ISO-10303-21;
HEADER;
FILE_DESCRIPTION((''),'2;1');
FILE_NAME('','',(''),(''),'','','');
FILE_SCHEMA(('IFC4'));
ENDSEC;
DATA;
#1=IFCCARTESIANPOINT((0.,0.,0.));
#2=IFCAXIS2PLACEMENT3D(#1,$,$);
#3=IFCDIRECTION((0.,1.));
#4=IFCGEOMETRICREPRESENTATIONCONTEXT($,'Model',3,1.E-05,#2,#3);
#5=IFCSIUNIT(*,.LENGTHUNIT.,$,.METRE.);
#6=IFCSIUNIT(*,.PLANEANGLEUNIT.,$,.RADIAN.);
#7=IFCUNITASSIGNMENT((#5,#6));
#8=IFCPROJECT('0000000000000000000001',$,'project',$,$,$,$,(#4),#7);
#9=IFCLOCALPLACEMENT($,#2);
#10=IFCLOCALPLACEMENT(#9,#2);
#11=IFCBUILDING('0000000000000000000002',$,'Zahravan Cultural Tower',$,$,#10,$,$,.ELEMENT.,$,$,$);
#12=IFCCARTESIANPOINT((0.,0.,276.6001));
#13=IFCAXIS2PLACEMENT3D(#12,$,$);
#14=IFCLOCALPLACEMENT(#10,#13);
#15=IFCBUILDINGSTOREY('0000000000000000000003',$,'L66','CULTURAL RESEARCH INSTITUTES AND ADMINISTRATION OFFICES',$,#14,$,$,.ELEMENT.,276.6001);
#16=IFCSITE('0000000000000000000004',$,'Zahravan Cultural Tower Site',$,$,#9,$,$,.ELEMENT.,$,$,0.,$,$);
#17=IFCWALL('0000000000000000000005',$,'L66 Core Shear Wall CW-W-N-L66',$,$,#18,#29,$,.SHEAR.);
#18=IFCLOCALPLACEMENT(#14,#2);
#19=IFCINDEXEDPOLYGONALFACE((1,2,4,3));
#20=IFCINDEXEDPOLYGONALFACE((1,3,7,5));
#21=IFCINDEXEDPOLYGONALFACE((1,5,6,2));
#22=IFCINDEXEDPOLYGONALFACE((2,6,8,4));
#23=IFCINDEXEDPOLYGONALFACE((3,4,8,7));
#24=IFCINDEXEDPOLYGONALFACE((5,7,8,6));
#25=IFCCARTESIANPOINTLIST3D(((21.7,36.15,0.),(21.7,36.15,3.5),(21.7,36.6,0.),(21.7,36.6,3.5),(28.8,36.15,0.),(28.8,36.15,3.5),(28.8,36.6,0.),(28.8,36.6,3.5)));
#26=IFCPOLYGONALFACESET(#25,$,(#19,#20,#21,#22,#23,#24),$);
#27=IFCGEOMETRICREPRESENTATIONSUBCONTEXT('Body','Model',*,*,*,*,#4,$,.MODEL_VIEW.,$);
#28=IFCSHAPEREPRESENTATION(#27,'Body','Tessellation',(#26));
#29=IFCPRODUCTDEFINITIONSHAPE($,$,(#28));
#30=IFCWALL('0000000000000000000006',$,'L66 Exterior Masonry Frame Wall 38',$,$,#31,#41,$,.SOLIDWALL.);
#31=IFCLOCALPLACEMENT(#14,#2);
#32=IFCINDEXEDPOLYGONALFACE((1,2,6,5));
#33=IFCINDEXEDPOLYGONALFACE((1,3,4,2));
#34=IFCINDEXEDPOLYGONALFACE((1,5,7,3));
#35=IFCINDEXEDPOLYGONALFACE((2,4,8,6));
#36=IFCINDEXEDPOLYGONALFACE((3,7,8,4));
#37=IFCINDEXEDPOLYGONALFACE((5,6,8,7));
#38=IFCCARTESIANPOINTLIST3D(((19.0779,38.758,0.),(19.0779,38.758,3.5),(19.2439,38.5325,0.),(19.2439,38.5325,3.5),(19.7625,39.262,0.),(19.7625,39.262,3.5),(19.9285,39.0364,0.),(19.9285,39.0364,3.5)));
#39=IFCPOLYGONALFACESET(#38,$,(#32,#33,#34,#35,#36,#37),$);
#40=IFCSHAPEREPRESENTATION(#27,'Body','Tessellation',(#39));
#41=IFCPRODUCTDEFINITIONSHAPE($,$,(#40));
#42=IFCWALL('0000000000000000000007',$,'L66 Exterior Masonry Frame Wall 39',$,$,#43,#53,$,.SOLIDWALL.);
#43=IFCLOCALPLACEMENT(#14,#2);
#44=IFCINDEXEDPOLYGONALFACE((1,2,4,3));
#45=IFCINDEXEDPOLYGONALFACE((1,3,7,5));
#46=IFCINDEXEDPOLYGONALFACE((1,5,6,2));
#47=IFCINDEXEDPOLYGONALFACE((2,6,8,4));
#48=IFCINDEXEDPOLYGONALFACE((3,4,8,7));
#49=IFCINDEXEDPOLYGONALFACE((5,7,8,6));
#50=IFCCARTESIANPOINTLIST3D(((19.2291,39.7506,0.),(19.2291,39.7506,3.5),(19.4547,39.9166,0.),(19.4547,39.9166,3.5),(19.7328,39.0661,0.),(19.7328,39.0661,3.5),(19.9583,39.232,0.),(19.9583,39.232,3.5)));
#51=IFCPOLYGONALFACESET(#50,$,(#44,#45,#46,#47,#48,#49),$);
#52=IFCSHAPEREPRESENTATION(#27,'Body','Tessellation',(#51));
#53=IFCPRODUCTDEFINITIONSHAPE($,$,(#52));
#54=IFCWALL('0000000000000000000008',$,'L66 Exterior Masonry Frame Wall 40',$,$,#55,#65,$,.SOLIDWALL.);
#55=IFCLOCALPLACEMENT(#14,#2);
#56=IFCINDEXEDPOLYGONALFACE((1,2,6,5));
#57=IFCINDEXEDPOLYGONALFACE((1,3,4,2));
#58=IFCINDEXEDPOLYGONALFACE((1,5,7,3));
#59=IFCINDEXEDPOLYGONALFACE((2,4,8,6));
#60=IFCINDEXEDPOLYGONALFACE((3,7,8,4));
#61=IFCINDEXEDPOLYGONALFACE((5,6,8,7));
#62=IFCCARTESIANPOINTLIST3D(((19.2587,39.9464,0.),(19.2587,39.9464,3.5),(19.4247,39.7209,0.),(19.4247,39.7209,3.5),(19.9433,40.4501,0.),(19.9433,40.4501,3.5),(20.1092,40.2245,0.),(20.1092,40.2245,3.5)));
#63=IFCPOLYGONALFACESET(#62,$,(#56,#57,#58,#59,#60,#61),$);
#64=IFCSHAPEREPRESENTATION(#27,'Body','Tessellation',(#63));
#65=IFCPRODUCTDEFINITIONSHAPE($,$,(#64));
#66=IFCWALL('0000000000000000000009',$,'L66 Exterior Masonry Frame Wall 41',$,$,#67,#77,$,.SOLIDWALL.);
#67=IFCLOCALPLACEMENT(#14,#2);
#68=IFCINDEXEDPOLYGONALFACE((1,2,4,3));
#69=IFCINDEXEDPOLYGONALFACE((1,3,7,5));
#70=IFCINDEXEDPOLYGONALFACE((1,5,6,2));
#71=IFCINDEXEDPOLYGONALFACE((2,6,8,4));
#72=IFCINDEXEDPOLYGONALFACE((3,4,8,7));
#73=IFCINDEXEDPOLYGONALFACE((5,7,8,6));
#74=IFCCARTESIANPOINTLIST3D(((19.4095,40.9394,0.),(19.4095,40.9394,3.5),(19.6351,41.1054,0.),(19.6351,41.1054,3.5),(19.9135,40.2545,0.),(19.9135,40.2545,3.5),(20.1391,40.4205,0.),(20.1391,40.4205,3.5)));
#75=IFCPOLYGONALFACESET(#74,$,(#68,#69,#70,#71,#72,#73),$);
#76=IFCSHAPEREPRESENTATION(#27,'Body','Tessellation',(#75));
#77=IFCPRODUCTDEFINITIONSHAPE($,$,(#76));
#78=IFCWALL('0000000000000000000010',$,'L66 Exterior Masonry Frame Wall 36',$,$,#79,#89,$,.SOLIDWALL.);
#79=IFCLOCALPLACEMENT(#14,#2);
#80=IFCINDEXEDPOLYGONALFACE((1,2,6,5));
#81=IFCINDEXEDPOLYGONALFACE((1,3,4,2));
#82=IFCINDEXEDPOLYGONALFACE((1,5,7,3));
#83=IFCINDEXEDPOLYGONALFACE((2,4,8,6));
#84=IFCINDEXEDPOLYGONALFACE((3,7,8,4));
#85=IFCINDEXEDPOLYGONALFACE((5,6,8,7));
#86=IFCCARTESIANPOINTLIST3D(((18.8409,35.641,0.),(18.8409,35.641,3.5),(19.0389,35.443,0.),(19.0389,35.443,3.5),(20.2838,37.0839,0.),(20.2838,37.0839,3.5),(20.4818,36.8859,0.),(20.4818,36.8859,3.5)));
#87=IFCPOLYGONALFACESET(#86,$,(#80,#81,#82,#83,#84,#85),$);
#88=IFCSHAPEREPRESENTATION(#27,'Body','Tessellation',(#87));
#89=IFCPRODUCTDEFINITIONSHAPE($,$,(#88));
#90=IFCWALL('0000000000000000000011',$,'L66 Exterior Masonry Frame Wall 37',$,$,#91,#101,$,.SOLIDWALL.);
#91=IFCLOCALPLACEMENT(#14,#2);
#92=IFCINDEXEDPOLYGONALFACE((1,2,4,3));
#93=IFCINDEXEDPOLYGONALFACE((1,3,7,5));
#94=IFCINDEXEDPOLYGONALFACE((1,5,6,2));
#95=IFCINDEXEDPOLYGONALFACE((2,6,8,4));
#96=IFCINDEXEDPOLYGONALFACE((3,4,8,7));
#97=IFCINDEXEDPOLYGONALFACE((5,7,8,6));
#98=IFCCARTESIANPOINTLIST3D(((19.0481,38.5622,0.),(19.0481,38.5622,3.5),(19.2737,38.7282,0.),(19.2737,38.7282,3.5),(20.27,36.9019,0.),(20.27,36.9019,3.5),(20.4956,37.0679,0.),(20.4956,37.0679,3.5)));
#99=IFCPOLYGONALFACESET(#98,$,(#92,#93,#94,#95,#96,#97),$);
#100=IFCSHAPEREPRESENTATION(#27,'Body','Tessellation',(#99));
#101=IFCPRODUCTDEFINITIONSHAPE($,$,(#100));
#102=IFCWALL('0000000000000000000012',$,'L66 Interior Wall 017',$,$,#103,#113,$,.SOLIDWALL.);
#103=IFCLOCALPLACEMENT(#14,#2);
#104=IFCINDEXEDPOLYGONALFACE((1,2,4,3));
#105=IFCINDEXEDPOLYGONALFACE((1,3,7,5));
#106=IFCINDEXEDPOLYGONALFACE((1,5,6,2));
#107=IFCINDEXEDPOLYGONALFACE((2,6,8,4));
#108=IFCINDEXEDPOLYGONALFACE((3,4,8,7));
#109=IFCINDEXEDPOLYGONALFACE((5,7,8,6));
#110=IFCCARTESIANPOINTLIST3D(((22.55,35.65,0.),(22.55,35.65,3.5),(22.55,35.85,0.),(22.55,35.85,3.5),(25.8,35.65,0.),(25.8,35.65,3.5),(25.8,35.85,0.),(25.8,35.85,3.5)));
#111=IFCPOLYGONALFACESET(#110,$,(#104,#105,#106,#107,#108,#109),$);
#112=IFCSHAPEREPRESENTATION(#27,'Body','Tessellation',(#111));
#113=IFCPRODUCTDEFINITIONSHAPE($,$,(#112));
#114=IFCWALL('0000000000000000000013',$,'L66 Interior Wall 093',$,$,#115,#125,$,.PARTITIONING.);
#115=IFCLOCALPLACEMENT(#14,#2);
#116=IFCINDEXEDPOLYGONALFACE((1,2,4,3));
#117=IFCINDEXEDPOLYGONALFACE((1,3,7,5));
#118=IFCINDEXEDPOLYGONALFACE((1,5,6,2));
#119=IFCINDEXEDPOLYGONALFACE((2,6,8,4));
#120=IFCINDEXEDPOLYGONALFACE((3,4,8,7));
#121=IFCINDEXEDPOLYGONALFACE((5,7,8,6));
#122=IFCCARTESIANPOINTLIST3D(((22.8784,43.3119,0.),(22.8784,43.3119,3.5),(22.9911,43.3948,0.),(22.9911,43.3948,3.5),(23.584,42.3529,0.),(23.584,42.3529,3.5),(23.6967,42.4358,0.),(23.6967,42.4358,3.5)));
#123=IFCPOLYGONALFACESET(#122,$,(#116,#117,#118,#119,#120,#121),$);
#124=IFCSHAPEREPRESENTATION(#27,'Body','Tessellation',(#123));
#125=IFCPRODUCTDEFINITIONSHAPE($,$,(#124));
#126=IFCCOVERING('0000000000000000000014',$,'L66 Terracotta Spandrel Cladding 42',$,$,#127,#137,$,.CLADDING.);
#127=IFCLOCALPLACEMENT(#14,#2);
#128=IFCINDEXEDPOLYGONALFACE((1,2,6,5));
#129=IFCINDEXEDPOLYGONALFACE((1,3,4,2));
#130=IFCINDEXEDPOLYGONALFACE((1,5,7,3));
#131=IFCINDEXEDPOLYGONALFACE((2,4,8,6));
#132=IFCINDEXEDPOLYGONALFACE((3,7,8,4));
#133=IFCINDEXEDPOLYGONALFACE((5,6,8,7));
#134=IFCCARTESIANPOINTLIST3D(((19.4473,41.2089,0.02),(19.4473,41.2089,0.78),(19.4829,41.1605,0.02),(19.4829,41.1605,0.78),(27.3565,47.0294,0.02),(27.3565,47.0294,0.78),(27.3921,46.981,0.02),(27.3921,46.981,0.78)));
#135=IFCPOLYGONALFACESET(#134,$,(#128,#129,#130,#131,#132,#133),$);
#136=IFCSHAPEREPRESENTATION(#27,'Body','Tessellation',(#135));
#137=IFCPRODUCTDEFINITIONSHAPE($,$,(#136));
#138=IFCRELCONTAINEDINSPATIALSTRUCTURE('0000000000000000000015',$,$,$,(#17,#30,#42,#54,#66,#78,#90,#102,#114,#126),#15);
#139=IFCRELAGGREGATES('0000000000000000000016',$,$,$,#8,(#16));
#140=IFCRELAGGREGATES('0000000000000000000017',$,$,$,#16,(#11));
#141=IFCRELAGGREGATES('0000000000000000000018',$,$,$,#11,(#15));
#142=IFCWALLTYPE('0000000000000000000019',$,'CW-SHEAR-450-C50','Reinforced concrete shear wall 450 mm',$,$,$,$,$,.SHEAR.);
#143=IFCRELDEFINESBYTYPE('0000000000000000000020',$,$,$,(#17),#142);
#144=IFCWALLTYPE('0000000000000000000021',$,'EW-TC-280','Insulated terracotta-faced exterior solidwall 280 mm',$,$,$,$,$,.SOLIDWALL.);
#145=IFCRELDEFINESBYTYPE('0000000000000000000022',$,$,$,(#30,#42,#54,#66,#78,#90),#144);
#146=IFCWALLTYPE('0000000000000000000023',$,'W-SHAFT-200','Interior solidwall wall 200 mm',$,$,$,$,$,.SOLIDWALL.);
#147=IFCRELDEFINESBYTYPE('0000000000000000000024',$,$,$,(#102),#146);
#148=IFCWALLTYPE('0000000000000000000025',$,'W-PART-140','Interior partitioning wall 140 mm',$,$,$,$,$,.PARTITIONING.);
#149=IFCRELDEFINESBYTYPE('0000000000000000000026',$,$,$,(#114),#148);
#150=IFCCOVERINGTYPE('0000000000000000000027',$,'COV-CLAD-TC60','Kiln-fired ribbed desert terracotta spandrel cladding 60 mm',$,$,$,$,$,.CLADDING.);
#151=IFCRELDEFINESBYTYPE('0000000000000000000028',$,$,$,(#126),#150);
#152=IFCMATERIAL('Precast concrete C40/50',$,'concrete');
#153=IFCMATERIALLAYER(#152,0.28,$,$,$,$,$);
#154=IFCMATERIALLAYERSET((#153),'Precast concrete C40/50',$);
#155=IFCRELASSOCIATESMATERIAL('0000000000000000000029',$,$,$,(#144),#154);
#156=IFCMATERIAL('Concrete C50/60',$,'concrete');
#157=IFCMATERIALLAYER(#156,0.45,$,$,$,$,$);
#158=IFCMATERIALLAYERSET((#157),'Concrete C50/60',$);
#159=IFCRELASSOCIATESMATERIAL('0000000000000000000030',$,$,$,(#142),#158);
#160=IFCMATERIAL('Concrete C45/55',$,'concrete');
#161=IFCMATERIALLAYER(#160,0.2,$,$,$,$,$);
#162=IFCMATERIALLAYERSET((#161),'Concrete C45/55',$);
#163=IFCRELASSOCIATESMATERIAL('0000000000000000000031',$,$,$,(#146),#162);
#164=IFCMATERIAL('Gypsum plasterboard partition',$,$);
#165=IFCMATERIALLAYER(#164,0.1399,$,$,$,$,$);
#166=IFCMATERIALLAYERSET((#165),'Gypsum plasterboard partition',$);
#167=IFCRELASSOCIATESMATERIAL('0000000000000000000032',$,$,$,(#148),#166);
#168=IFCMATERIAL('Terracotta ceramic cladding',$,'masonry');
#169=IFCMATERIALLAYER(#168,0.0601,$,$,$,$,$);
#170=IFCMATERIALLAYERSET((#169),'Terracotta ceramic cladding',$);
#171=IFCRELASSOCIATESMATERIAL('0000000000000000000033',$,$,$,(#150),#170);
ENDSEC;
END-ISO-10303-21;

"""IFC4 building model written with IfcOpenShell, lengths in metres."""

from ifc_helpers import new_model, si_unit, direction, frame, frame_2d, origin, origin_2d, place, context, subcontext, project, spatial, rectangle, extrude, source, transform, mapped, material, layer, layer_set, type_object, element, save


model = new_model("IFC4")

# Units and contexts
model_context = context("Model", 3, precision=1e-05, world=origin(), true_north=direction((0.0, 1.0)))
body_context = subcontext(model_context, "Body", "Model", "MODEL_VIEW")
ifc_project = project(units=[si_unit("LENGTHUNIT", "METRE"), si_unit("PLANEANGLEUNIT", "RADIAN")], contexts=[model_context])

# Site, building, storey
site_placement = place(None, origin())
site = spatial("IfcSite", under=ifc_project, at=site_placement, Name="Zahravan Cultural Tower Site", CompositionType="ELEMENT", RefElevation=0.0)
building_placement = place(site_placement, origin())
building = spatial("IfcBuilding", under=site, at=building_placement, Name="Zahravan Cultural Tower", CompositionType="ELEMENT")
storey_placement = place(building_placement, frame((0.0, 0.0, 276.6001)))
storey = spatial("IfcBuildingStorey", under=building, at=storey_placement, Name="L66", Description="CULTURAL RESEARCH INSTITUTES AND ADMINISTRATION OFFICES", CompositionType="ELEMENT", Elevation=276.6001)

# Shared definitions
ifc_material_1 = material(Name="Concrete C50/60", Category="concrete")

# Shared definitions
ifc_material_2 = material(Name="Precast concrete C40/50", Category="concrete")
ifc_layer_1 = layer(ifc_material_2, 0.28)
ifc_layer_set_1 = layer_set([ifc_layer_1], Name="Precast concrete C40/50")
wall_type_1 = type_object("IfcWallType", Name="EW-TC-280", Description="Insulated terracotta-faced exterior solidwall 280 mm", PredefinedType="SOLIDWALL", material=ifc_layer_set_1)

# Walls
ifc_layer_2 = layer(ifc_material_1, 0.45)
ifc_layer_set_2 = layer_set([ifc_layer_2], Name="Concrete C50/60")
wall_type_2 = type_object("IfcWallType", Name="CW-SHEAR-450-C50", Description="Reinforced concrete shear wall 450 mm", PredefinedType="SHEAR", material=ifc_layer_set_2)
shared_shape_1 = source(origin(), body_context, "Body", "SweptSolid", [
    extrude(rectangle(XDim=7.1001, YDim=0.45, at=frame_2d((3.55, 0.0))), origin(), (0.0, 0.0, 1.0), 3.5),
])
wall_1_placement = place(storey_placement, frame((21.7, 36.375, 0.0), z_axis=(0.0, 0.0, 1.0), x_axis=(1.0, 0.0, 0.0)))
element("IfcWall", 1, at=wall_1_placement, inside=storey, type_object=wall_type_2, Name="L66 Core Shear Wall CW-W-N-L66", PredefinedType="SHEAR", context=body_context, shape_type="MappedRepresentation", body=[
    mapped(shared_shape_1, transform((0.0, 0.0, 0.0), x_axis=(1.0, 0.0, 0.0), y_axis=(0.0, 1.0, 0.0), z_axis=(0.0, 0.0, 1.0), scale=1.0)),
])
shared_shape_2 = source(origin(), body_context, "Body", "SweptSolid", [
    extrude(rectangle(XDim=0.8501, YDim=0.28, at=frame_2d((0.425, 0.0))), origin(), (0.0, 0.0, 1.0), 3.5),
])
wall_2_placement = place(storey_placement, frame((19.1609, 38.6453, 0.0), z_axis=(0.0, 0.0, 1.0), x_axis=(0.805345, 0.592807, 0.0)))
element("IfcWall", 2, at=wall_2_placement, inside=storey, type_object=wall_type_1, Name="L66 Exterior Masonry Frame Wall 38", PredefinedType="SOLIDWALL", context=body_context, shape_type="MappedRepresentation", body=[
    mapped(shared_shape_2, transform((0.0, 0.0, 0.0), x_axis=(1.0, 0.0, 0.0), y_axis=(0.0, 1.0, 0.0), z_axis=(0.0, 0.0, 1.0), scale=1.0)),
])
shared_shape_3 = source(origin(), body_context, "Body", "SweptSolid", [
    extrude(rectangle(XDim=0.8499, YDim=0.28, at=frame_2d((0.4248, 0.0))), origin(), (0.0, 0.0, 1.0), 3.5),
])
for number, where, z_axis, x_axis, name in (
    (3, (19.8455, 39.1492, 0.0), (0.0, 0.0, 1.0), (-0.592621, 0.805482, 0.0), "L66 Exterior Masonry Frame Wall 39"),
    (4, (19.3418, 39.8337, 0.0), (0.0, 0.0, 1.0), (0.805482, 0.592621, 0.0), "L66 Exterior Masonry Frame Wall 40"),
):
    element("IfcWall", number, at=place(storey_placement, frame(where, z_axis=z_axis, x_axis=x_axis)), inside=storey, type_object=wall_type_1, Name=name, PredefinedType="SOLIDWALL", context=body_context, shape_type="MappedRepresentation", body=[
        mapped(shared_shape_3, transform((0.0, 0.0, 0.0), x_axis=(1.0, 0.0, 0.0), y_axis=(0.0, 1.0, 0.0), z_axis=(0.0, 0.0, 1.0), scale=1.0)),
    ])
shared_shape_4 = source(origin(), body_context, "Body", "SweptSolid", [
    extrude(rectangle(XDim=0.8503, YDim=0.28, at=frame_2d((0.4253, 0.0))), origin(), (0.0, 0.0, 1.0), 3.5),
])
wall_3_placement = place(storey_placement, frame((20.0264, 40.3374, 0.0), z_axis=(0.0, 0.0, 1.0), x_axis=(-0.59267, 0.805445, 0.0)))
element("IfcWall", 5, at=wall_3_placement, inside=storey, type_object=wall_type_1, Name="L66 Exterior Masonry Frame Wall 41", PredefinedType="SOLIDWALL", context=body_context, shape_type="MappedRepresentation", body=[
    mapped(shared_shape_4, transform((0.0, 0.0, 0.0), x_axis=(1.0, 0.0, 0.0), y_axis=(0.0, 1.0, 0.0), z_axis=(0.0, 0.0, 1.0), scale=1.0)),
])
shared_shape_5 = source(origin(), body_context, "Body", "SweptSolid", [
    extrude(rectangle(XDim=2.0405, YDim=0.28, at=frame_2d((1.0203, 0.0))), origin(), (0.0, 0.0, 1.0), 3.5),
])
wall_4_placement = place(storey_placement, frame((18.9399, 35.542, 0.0), z_axis=(0.0, 0.0, 1.0), x_axis=(0.707107, 0.707107, 0.0)))
element("IfcWall", 6, at=wall_4_placement, inside=storey, type_object=wall_type_1, Name="L66 Exterior Masonry Frame Wall 36", PredefinedType="SOLIDWALL", context=body_context, shape_type="MappedRepresentation", body=[
    mapped(shared_shape_5, transform((0.0, 0.0, 0.0), x_axis=(1.0, 0.0, 0.0), y_axis=(0.0, 1.0, 0.0), z_axis=(0.0, 0.0, 1.0), scale=1.0)),
])
shared_shape_6 = source(origin(), body_context, "Body", "SweptSolid", [
    extrude(rectangle(XDim=2.0615, YDim=0.28, at=frame_2d((1.0308, 0.0))), origin(), (0.0, 0.0, 1.0), 3.5),
])
wall_5_placement = place(storey_placement, frame((20.3828, 36.9849, 0.0), z_axis=(0.0, 0.0, 1.0), x_axis=(-0.592718, 0.80541, 0.0)))
element("IfcWall", 7, at=wall_5_placement, inside=storey, type_object=wall_type_1, Name="L66 Exterior Masonry Frame Wall 37", PredefinedType="SOLIDWALL", context=body_context, shape_type="MappedRepresentation", body=[
    mapped(shared_shape_6, transform((0.0, 0.0, 0.0), x_axis=(1.0, 0.0, 0.0), y_axis=(0.0, 1.0, 0.0), z_axis=(0.0, 0.0, 1.0), scale=1.0)),
])
ifc_material_3 = material(Name="Concrete C45/55", Category="concrete")
ifc_layer_3 = layer(ifc_material_3, 0.2)
ifc_layer_set_3 = layer_set([ifc_layer_3], Name="Concrete C45/55")
wall_type_3 = type_object("IfcWallType", Name="W-SHAFT-200", Description="Interior solidwall wall 200 mm", PredefinedType="SOLIDWALL", material=ifc_layer_set_3)
shared_shape_7 = source(origin(), body_context, "Body", "SweptSolid", [
    extrude(rectangle(XDim=3.25, YDim=0.2, at=frame_2d((1.625, 0.0))), origin(), (0.0, 0.0, 1.0), 3.5),
])
wall_6_placement = place(storey_placement, frame((22.55, 35.75, 0.0), z_axis=(0.0, 0.0, 1.0), x_axis=(1.0, 0.0, 0.0)))
element("IfcWall", 8, at=wall_6_placement, inside=storey, type_object=wall_type_3, Name="L66 Interior Wall 017", PredefinedType="SOLIDWALL", context=body_context, shape_type="MappedRepresentation", body=[
    mapped(shared_shape_7, transform((0.0, 0.0, 0.0), x_axis=(1.0, 0.0, 0.0), y_axis=(0.0, 1.0, 0.0), z_axis=(0.0, 0.0, 1.0), scale=1.0)),
])
ifc_material_4 = material(Name="Gypsum plasterboard partition")
ifc_layer_4 = layer(ifc_material_4, 0.1399)
ifc_layer_set_4 = layer_set([ifc_layer_4], Name="Gypsum plasterboard partition")
wall_type_4 = type_object("IfcWallType", Name="W-PART-140", Description="Interior partitioning wall 140 mm", PredefinedType="PARTITIONING", material=ifc_layer_set_4)
shared_shape_8 = source(origin(), body_context, "Body", "SweptSolid", [
    extrude(rectangle(XDim=1.1907, YDim=0.1399, at=frame_2d((0.5952, 0.0))), origin(), (0.0, 0.0, 1.0), 3.5),
])
wall_7_placement = place(storey_placement, frame((22.9348, 43.3533, 0.0), z_axis=(0.0, 0.0, 1.0), x_axis=(0.592625, -0.805478, 0.0)))
element("IfcWall", 9, at=wall_7_placement, inside=storey, type_object=wall_type_4, Name="L66 Interior Wall 093", PredefinedType="PARTITIONING", context=body_context, shape_type="MappedRepresentation", body=[
    mapped(shared_shape_8, transform((0.0, 0.0, 0.0), x_axis=(1.0, 0.0, 0.0), y_axis=(0.0, 1.0, 0.0), z_axis=(0.0, 0.0, 1.0), scale=1.0)),
])

# Covering
ifc_material_5 = material(Name="Terracotta ceramic cladding", Category="masonry")
ifc_layer_5 = layer(ifc_material_5, 0.0601)
ifc_layer_set_5 = layer_set([ifc_layer_5], Name="Terracotta ceramic cladding")
covering_type = type_object("IfcCoveringType", Name="COV-CLAD-TC60", Description="Kiln-fired ribbed desert terracotta spandrel cladding 60 mm", PredefinedType="CLADDING", material=ifc_layer_set_5)
shared_shape_9 = source(origin(), body_context, "Body", "SweptSolid", [
    extrude(rectangle(XDim=9.8201, YDim=0.0601, at=origin_2d()), origin(), (0.0, 0.0, 1.0), 0.76),
])
covering_placement = place(storey_placement, frame((23.4197, 44.095, 0.02), z_axis=(0.0, 0.0, 1.0), x_axis=(0.805411, 0.592716, 0.0)))
element("IfcCovering", 10, at=covering_placement, inside=storey, type_object=covering_type, Name="L66 Terracotta Spandrel Cladding 42", PredefinedType="CLADDING", context=body_context, shape_type="MappedRepresentation", body=[
    mapped(shared_shape_9, transform((0.0, 0.0, 0.0), x_axis=(1.0, 0.0, 0.0), y_axis=(0.0, 1.0, 0.0), z_axis=(0.0, 0.0, 1.0), scale=1.0)),
])

save(model, "model.ifc")
